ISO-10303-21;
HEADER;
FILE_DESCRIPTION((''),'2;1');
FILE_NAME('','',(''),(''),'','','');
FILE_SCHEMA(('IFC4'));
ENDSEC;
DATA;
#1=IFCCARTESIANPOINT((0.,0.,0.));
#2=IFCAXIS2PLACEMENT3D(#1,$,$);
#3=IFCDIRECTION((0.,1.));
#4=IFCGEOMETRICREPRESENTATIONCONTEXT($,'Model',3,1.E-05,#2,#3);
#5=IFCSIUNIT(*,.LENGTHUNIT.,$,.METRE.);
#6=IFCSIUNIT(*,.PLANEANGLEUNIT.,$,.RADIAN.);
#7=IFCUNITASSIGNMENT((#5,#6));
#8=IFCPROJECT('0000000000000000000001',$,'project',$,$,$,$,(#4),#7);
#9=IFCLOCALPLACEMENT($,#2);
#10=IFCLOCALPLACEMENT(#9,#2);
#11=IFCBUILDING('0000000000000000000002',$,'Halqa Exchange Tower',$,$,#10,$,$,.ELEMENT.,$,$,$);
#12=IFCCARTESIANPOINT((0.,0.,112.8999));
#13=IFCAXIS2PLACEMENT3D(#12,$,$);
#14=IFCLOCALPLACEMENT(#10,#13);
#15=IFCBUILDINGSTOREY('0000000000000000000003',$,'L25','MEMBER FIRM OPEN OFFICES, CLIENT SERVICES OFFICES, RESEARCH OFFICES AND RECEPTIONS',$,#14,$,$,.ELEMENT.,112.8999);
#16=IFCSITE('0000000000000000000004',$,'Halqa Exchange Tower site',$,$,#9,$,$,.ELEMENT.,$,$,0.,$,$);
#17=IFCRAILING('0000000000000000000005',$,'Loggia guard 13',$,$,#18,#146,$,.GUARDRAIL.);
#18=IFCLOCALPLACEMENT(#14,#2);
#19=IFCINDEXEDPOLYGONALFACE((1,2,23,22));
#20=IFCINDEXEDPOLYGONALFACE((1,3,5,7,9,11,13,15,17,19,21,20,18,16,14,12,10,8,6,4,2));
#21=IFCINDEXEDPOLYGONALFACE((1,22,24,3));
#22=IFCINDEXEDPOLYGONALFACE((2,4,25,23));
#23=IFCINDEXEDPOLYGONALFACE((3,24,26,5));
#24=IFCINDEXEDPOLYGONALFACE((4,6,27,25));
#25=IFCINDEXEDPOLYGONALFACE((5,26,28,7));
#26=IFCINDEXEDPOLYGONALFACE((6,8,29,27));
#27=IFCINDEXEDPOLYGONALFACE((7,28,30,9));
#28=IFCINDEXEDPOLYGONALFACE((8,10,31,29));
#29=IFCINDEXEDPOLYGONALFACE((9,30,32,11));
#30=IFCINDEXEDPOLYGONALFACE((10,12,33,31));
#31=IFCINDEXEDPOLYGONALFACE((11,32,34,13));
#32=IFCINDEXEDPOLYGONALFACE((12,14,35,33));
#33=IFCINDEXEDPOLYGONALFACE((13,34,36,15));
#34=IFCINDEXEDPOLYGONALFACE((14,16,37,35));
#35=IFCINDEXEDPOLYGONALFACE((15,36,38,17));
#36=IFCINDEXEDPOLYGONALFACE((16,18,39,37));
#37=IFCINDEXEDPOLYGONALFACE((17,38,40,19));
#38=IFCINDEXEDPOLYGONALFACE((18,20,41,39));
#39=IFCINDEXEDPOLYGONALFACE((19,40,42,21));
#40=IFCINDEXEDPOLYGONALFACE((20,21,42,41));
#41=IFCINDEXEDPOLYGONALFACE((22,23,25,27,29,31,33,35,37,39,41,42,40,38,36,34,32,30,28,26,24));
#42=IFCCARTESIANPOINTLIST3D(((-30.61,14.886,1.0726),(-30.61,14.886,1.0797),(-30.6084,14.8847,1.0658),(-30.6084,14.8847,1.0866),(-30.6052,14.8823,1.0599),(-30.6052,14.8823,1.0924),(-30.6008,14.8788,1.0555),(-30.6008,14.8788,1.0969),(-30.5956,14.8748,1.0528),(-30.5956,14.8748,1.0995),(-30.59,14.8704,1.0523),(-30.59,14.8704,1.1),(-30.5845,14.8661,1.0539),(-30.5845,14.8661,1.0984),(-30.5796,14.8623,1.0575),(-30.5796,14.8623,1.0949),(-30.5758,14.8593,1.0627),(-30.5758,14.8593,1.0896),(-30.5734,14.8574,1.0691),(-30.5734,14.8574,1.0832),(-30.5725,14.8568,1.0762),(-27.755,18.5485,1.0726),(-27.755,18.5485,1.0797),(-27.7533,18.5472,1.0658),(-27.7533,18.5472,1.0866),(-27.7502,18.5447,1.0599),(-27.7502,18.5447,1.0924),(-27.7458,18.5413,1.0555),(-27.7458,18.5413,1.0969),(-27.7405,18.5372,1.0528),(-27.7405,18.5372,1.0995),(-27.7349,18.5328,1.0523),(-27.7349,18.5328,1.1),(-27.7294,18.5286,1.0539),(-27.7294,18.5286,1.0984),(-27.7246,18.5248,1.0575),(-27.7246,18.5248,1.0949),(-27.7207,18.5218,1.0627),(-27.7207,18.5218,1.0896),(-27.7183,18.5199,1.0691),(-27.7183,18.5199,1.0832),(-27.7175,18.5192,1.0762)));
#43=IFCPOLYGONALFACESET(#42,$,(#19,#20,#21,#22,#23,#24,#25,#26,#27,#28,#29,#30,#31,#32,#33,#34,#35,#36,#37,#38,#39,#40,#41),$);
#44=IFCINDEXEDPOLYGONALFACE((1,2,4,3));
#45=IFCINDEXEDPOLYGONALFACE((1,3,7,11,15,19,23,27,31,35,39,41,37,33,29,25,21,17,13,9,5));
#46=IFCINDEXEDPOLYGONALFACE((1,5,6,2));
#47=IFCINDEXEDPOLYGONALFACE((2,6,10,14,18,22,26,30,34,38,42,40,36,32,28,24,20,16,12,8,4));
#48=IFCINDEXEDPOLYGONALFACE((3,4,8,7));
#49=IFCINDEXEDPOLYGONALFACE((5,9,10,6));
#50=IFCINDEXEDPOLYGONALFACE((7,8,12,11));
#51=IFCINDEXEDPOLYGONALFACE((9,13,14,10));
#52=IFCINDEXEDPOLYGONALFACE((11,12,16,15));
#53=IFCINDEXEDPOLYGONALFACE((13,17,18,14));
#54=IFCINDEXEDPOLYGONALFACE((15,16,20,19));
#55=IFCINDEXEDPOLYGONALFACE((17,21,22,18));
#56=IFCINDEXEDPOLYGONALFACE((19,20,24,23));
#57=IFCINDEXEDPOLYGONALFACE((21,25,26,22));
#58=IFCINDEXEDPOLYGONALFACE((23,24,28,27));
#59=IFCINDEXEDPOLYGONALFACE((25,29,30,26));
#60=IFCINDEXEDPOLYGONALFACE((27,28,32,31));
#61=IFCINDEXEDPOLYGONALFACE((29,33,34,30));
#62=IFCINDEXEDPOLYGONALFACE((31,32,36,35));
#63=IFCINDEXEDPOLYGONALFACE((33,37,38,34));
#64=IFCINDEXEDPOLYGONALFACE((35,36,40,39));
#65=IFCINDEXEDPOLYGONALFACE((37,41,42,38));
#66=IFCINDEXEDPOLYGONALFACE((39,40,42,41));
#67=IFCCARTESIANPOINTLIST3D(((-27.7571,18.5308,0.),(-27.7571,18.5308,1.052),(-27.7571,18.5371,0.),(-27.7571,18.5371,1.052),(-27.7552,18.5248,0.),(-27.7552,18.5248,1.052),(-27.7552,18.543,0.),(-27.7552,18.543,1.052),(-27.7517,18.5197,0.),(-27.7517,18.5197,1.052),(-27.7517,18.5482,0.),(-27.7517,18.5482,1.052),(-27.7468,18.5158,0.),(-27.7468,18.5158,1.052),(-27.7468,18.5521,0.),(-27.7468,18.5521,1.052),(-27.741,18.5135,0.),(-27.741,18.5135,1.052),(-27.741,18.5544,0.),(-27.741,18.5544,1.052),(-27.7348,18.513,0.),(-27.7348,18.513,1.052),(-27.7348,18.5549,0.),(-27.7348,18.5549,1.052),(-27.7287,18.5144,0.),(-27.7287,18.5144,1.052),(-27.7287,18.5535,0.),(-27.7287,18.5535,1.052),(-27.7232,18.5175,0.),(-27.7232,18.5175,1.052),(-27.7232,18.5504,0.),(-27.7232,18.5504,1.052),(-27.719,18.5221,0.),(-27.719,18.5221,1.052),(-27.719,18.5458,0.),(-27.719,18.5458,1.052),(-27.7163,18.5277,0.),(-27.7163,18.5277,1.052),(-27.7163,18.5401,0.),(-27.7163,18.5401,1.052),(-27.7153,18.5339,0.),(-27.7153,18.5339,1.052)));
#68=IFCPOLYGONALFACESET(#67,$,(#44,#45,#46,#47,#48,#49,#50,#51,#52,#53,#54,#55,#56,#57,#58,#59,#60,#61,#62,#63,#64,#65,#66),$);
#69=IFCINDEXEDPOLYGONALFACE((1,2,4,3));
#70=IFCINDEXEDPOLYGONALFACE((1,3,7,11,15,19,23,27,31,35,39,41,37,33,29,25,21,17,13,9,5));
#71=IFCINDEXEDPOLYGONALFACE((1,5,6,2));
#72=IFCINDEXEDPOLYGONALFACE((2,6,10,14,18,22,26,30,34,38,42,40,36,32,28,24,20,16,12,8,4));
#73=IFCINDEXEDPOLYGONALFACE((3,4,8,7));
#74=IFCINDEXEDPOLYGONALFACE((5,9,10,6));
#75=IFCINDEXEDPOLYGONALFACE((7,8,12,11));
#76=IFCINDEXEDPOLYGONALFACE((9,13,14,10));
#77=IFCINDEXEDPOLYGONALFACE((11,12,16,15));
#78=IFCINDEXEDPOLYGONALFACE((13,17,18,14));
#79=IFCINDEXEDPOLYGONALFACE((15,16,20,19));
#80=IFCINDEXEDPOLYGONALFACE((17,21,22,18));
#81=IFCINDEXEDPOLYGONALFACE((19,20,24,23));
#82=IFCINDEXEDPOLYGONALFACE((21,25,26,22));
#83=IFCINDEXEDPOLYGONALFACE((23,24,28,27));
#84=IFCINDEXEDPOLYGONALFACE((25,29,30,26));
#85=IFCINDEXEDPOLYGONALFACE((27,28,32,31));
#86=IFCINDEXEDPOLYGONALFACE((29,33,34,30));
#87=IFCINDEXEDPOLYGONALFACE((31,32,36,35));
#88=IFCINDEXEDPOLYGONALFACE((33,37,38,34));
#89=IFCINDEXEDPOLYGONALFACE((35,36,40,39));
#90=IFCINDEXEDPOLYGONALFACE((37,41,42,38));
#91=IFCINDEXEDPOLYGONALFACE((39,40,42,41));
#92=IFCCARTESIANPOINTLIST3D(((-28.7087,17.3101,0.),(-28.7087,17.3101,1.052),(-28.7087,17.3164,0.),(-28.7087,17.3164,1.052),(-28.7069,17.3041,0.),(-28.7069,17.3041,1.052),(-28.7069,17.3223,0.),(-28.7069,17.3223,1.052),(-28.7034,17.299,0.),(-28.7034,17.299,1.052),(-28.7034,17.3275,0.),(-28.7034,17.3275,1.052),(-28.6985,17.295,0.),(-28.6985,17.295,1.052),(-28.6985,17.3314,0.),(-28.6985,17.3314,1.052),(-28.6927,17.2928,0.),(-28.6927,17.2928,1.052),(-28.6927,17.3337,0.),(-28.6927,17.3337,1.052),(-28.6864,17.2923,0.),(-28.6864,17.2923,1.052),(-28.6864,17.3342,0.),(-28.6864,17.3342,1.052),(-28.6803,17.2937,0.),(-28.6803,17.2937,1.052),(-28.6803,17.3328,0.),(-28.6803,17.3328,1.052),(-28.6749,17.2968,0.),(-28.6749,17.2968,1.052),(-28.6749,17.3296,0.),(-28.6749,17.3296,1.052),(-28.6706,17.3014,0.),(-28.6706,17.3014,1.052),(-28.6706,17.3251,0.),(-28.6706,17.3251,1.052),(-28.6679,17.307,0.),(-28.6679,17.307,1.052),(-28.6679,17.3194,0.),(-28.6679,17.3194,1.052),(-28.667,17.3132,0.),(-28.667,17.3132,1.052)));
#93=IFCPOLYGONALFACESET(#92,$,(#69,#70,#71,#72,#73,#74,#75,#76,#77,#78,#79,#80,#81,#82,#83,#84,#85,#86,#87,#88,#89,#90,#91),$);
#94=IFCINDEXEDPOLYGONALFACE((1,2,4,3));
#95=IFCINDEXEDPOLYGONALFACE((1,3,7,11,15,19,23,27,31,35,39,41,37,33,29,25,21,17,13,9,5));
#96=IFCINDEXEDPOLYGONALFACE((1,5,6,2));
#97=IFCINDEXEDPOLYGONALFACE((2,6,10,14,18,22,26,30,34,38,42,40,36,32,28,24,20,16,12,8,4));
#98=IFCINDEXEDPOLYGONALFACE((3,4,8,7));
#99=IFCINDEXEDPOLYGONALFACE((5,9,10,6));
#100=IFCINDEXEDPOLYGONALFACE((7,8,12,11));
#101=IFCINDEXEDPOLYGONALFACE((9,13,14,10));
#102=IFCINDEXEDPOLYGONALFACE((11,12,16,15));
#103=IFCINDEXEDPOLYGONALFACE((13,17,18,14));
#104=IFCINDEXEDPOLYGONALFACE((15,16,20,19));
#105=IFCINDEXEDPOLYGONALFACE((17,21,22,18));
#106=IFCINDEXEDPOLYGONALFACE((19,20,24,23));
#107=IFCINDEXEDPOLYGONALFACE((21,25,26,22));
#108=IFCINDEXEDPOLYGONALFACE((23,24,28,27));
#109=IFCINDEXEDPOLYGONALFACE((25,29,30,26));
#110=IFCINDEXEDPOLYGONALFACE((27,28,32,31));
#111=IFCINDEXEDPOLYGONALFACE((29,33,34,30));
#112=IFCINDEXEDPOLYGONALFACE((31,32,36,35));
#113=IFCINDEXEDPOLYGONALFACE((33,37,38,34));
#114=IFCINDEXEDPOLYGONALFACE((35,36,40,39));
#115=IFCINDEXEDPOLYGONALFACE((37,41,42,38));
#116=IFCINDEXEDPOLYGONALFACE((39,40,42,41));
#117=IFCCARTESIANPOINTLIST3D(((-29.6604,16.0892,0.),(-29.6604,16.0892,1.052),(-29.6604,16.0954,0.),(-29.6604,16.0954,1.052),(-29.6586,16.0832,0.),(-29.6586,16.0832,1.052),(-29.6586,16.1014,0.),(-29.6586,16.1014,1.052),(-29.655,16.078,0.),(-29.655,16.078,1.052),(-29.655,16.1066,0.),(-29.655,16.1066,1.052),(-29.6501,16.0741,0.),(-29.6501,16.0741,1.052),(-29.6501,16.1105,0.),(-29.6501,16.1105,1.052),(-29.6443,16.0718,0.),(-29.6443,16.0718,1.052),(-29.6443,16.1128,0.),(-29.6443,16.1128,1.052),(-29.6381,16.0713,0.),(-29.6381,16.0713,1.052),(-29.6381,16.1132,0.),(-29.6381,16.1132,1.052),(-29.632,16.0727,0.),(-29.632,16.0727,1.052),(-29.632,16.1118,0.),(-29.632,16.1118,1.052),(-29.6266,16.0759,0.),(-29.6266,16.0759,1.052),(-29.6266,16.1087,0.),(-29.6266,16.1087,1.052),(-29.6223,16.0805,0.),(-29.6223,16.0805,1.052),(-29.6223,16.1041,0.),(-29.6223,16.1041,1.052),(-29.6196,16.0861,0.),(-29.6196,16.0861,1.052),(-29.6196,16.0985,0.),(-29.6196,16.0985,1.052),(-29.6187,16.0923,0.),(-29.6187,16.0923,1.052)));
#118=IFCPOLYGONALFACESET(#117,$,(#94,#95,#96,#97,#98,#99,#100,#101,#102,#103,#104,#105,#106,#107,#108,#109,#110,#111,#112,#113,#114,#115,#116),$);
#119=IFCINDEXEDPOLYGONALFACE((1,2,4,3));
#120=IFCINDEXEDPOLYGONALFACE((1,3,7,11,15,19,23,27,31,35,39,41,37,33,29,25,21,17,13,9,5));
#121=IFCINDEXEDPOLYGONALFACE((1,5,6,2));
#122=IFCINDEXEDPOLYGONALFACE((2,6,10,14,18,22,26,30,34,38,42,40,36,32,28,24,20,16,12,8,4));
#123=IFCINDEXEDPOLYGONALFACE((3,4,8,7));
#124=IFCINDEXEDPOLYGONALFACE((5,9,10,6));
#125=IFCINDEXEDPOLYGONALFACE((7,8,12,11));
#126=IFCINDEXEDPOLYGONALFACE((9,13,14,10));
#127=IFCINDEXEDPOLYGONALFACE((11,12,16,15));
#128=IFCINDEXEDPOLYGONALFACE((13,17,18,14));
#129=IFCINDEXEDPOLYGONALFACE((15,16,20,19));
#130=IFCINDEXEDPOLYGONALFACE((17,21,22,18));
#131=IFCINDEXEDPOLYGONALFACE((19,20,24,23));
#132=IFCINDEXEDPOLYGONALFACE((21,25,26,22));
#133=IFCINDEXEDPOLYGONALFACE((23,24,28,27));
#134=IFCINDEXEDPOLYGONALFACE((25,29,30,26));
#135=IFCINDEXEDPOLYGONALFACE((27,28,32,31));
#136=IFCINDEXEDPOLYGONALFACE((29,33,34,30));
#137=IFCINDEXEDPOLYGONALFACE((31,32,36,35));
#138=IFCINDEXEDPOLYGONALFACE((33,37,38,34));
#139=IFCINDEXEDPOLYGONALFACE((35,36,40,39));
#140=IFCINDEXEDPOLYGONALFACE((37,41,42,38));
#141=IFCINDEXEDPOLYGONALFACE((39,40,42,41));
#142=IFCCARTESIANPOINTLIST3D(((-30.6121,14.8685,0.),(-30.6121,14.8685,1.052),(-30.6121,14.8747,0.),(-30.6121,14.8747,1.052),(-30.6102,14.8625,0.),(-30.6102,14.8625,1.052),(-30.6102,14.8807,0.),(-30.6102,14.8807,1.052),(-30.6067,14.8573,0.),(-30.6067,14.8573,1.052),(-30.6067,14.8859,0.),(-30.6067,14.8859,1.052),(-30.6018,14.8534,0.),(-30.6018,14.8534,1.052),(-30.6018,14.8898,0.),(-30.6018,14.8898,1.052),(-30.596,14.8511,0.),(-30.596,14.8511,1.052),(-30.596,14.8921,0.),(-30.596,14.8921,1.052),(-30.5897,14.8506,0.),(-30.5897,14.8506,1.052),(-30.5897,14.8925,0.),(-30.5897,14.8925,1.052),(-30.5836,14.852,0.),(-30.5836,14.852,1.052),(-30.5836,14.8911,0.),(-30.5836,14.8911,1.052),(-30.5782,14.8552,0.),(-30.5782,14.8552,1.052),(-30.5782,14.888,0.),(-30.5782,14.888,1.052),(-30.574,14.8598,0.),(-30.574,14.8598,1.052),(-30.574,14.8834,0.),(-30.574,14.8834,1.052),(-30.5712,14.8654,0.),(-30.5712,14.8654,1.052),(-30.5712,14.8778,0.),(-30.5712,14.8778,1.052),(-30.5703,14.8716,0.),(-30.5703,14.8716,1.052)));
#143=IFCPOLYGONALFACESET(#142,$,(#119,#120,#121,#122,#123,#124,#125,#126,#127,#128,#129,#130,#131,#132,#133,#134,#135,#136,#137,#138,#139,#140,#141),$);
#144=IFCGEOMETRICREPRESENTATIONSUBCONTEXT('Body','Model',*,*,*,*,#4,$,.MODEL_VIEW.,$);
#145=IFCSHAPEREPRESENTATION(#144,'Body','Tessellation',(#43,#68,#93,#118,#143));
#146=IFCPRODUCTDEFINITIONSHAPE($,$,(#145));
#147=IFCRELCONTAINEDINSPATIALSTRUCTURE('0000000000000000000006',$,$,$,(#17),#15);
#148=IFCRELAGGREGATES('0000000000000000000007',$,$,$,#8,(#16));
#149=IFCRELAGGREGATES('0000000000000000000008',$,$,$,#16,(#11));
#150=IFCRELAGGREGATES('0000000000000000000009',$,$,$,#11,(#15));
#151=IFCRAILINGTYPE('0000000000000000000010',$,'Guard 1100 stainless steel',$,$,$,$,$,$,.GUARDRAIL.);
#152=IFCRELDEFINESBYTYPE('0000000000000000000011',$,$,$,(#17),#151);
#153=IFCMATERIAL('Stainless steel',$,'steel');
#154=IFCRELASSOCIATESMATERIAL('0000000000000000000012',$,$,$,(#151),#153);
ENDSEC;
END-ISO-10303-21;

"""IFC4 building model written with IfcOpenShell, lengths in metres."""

from ifc_helpers import new_model, si_unit, direction, frame, origin, origin_2d, place, context, subcontext, project, spatial, circle, extrude, material, type_object, element, save


model = new_model("IFC4")

# Units and contexts
model_context = context("Model", 3, precision=1e-05, world=origin(), true_north=direction((0.0, 1.0)))
body_context = subcontext(model_context, "Body", "Model", "MODEL_VIEW")
ifc_project = project(units=[si_unit("LENGTHUNIT", "METRE"), si_unit("PLANEANGLEUNIT", "RADIAN")], contexts=[model_context])

# Site, building, storey
site_placement = place(None, origin())
site = spatial("IfcSite", under=ifc_project, at=site_placement, Name="Halqa Exchange Tower site", CompositionType="ELEMENT", RefElevation=0.0)
building_placement = place(site_placement, origin())
building = spatial("IfcBuilding", under=site, at=building_placement, Name="Halqa Exchange Tower", CompositionType="ELEMENT")
storey_placement = place(building_placement, frame((0.0, 0.0, 112.8999)))
storey = spatial("IfcBuildingStorey", under=building, at=storey_placement, Name="L25", Description="MEMBER FIRM OPEN OFFICES, CLIENT SERVICES OFFICES, RESEARCH OFFICES AND RECEPTIONS", CompositionType="ELEMENT", Elevation=112.8999)

# Railing
ifc_material_1 = material(Name="Stainless steel", Category="steel")
railing_type = type_object("IfcRailingType", Name="Guard 1100 stainless steel", PredefinedType="GUARDRAIL", material=ifc_material_1)
railing_1_placement = place(storey_placement, frame((-27.7363, 18.5339, 0.0)))
element("IfcRailing", 1, at=railing_1_placement, inside=storey, type_object=railing_type, Name="Loggia guard 13", PredefinedType="GUARDRAIL", context=body_context, shape_type="SweptSolid", body=[
    extrude(circle(Radius=0.0239, at=origin_2d()), frame((0.0, 0.0, 1.0762), z_axis=(-0.61481, -0.788675, 0.0), x_axis=(0.788675, -0.61481, 0.0)), (0.0, 0.0, 1.0), 4.6438),
    extrude(circle(Radius=0.021, at=origin_2d()), origin(), (0.0, 0.0, 1.0), 1.052),
    extrude(circle(Radius=0.021, at=origin_2d()), frame((-0.9517, -1.2207, 0.0)), (0.0, 0.0, 1.0), 1.052),
    extrude(circle(Radius=0.021, at=origin_2d()), frame((-1.9033, -2.4417, 0.0)), (0.0, 0.0, 1.0), 1.052),
    extrude(circle(Radius=0.021, at=origin_2d()), frame((-2.855, -3.6624, 0.0)), (0.0, 0.0, 1.0), 1.052),
])

save(model, "model.ifc")
